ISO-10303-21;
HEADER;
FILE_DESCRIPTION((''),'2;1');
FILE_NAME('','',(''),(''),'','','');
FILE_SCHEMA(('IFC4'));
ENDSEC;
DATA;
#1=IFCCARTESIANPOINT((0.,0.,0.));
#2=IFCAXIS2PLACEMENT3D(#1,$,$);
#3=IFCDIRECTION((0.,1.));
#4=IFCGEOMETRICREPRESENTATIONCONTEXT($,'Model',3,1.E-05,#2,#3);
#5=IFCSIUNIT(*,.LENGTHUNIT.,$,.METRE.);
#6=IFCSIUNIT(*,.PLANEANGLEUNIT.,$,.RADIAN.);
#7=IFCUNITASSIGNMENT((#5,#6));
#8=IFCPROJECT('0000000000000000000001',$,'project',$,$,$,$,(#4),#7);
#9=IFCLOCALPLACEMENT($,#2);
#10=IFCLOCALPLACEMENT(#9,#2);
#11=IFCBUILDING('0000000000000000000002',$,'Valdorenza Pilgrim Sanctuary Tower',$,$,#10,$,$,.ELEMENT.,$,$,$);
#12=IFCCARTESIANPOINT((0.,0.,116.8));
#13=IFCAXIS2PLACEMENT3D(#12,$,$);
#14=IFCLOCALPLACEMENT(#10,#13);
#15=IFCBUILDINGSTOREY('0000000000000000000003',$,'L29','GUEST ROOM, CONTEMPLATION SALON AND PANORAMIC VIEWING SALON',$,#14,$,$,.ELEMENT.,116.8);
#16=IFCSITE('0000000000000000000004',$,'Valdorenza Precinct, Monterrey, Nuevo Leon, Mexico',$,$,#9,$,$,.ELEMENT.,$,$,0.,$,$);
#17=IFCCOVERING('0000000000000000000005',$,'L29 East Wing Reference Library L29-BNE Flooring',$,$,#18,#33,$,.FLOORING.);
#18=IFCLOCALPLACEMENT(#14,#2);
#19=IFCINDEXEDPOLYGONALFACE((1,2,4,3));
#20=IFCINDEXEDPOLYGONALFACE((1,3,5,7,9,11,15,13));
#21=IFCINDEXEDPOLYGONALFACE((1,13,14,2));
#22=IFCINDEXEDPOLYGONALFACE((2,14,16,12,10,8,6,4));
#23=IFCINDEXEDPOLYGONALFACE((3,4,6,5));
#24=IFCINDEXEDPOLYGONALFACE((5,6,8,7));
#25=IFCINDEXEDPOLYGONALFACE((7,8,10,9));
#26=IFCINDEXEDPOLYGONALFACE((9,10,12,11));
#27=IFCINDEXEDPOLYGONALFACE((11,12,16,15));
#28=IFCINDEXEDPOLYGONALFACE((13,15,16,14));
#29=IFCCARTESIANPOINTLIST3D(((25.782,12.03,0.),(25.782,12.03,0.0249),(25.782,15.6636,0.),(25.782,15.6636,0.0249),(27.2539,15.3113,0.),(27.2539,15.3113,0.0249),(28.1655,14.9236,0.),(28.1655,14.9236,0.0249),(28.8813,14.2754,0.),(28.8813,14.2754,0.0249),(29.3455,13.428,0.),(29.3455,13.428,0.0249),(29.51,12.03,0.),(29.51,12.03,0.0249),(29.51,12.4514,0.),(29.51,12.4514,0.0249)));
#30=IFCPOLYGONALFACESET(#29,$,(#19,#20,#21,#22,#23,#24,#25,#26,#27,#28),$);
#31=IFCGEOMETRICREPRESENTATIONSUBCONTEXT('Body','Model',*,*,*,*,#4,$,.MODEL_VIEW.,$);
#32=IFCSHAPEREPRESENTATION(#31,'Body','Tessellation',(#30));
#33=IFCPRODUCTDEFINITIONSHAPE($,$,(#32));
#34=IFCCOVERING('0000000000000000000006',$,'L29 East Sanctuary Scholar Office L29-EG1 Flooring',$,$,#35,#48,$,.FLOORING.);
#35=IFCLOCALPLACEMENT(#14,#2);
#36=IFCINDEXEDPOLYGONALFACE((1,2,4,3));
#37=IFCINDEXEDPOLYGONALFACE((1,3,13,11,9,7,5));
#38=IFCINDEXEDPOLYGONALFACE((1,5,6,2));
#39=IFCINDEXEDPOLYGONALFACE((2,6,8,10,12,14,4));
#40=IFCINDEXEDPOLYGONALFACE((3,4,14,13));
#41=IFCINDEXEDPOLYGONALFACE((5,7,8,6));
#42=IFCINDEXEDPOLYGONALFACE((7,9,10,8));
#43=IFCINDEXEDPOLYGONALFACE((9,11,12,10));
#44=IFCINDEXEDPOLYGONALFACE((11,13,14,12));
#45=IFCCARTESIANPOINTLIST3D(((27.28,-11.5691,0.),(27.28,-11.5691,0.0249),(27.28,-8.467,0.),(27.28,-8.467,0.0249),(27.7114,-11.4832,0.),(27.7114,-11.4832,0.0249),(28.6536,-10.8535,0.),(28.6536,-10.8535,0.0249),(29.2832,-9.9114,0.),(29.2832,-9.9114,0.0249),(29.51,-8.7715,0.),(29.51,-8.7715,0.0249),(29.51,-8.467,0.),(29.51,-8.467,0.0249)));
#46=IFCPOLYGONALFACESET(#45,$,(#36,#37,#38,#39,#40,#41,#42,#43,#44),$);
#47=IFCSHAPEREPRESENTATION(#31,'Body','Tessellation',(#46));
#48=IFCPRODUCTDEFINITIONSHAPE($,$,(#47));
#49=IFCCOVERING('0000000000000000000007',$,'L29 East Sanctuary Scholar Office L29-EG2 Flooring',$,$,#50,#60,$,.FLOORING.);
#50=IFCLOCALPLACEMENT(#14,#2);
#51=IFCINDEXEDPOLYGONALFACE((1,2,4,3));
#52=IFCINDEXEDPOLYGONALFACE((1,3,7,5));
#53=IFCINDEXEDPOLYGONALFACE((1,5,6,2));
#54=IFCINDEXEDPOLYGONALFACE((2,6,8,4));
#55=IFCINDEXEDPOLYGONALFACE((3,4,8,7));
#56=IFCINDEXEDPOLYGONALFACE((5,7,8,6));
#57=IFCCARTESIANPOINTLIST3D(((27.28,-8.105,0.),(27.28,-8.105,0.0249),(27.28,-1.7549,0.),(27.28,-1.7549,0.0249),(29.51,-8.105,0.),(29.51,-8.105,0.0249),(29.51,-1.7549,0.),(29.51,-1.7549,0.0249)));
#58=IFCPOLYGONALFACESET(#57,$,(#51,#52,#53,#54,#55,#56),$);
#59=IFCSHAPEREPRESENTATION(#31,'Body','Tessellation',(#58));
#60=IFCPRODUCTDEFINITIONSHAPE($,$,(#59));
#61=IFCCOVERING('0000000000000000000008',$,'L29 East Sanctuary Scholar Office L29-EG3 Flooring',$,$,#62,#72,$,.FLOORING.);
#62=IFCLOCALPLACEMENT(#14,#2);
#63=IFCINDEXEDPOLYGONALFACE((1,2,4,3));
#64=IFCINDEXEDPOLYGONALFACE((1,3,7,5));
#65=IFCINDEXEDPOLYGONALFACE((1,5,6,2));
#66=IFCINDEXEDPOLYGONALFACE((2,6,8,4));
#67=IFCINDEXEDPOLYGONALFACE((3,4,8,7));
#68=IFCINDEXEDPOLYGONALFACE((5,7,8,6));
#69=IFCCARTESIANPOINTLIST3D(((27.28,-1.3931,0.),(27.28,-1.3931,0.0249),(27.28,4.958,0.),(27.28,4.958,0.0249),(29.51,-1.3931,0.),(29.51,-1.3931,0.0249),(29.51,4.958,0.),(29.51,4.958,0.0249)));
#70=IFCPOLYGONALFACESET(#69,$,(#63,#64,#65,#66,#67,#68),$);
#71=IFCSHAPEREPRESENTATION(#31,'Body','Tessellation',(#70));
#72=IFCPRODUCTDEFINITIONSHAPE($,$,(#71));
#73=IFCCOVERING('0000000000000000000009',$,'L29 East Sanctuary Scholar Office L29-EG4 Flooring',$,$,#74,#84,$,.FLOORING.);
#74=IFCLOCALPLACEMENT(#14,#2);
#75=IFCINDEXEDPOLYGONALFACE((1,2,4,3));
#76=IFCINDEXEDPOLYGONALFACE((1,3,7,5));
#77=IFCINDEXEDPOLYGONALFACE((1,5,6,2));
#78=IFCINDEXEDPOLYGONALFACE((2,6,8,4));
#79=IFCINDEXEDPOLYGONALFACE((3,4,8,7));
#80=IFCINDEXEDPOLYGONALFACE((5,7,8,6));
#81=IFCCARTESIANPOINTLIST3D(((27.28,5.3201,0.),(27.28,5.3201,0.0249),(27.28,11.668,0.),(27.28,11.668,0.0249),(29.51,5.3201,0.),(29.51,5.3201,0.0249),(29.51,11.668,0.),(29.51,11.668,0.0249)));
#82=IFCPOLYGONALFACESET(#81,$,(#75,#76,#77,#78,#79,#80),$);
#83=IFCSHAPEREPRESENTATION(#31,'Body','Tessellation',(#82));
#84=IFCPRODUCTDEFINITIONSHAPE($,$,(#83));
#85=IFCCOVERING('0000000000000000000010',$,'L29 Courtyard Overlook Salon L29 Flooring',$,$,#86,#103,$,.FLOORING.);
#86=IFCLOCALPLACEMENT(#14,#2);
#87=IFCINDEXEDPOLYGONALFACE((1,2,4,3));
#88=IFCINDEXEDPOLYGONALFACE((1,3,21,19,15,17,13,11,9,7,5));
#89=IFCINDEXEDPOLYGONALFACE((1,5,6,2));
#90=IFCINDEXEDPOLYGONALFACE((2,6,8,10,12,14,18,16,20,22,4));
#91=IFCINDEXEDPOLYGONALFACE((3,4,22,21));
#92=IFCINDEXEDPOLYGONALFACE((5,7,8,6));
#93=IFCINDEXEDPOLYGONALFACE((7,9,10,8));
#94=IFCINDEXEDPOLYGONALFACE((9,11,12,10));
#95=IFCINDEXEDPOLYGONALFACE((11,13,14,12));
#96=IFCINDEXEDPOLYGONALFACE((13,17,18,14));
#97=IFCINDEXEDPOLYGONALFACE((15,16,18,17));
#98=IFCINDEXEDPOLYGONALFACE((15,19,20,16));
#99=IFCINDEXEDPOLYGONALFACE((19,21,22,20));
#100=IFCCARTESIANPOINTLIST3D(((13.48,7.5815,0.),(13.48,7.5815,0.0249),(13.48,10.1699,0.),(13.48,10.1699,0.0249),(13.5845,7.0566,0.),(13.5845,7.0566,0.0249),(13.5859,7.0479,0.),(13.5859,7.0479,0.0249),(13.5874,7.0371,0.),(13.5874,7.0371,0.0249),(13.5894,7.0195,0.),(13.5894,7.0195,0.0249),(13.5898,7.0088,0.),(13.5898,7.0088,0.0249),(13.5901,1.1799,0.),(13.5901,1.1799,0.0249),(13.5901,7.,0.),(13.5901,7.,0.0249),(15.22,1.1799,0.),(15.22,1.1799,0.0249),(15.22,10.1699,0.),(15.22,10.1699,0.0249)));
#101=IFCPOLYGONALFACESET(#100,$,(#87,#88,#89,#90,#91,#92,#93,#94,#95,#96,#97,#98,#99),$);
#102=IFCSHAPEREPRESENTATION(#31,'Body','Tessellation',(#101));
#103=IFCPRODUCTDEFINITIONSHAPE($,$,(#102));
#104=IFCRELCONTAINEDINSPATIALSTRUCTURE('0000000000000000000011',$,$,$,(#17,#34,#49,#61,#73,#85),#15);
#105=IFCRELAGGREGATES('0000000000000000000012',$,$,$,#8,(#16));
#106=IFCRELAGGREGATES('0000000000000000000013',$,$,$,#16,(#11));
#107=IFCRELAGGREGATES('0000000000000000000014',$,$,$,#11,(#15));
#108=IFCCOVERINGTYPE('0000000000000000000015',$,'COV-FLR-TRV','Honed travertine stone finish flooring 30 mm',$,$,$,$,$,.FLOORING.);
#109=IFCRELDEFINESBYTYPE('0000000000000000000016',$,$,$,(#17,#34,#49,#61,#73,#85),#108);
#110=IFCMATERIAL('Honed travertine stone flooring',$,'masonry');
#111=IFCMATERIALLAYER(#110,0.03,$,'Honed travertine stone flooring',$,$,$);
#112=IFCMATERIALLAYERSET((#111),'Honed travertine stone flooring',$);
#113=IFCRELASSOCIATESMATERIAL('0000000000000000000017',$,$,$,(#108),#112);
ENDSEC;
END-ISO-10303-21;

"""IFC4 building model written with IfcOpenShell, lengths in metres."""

from ifc_helpers import new_model, si_unit, direction, frame, origin, place, context, subcontext, project, spatial, polyline, outline, extrude, material, layer, layer_set, type_object, element, save


model = new_model("IFC4")

# Units and contexts
model_context = context("Model", 3, precision=1e-05, world=origin(), true_north=direction((0.0, 1.0)))
body_context = subcontext(model_context, "Body", "Model", "MODEL_VIEW")
ifc_project = project(units=[si_unit("LENGTHUNIT", "METRE"), si_unit("PLANEANGLEUNIT", "RADIAN")], contexts=[model_context])

# Site, building, storey
site_placement = place(None, origin())
site = spatial("IfcSite", under=ifc_project, at=site_placement, Name="Valdorenza Precinct, Monterrey, Nuevo Leon, Mexico", CompositionType="ELEMENT", RefElevation=0.0)
building_placement = place(site_placement, origin())
building = spatial("IfcBuilding", under=site, at=building_placement, Name="Valdorenza Pilgrim Sanctuary Tower", CompositionType="ELEMENT")
storey_placement = place(building_placement, frame((0.0, 0.0, 116.8)))
storey = spatial("IfcBuildingStorey", under=building, at=storey_placement, Name="L29", Description="GUEST ROOM, CONTEMPLATION SALON AND PANORAMIC VIEWING SALON", CompositionType="ELEMENT", Elevation=116.8)

# Coverings
ifc_material_1 = material(Name="Honed travertine stone flooring", Category="masonry")
ifc_layer_1 = layer(ifc_material_1, 0.03, Name="Honed travertine stone flooring")
ifc_layer_set_1 = layer_set([ifc_layer_1], Name="Honed travertine stone flooring")
covering_type_1 = type_object("IfcCoveringType", Name="COV-FLR-TRV", Description="Honed travertine stone finish flooring 30 mm", PredefinedType="FLOORING", material=ifc_layer_set_1)
covering_1_placement = place(storey_placement, origin())
element("IfcCovering", 1, at=covering_1_placement, inside=storey, type_object=covering_type_1, Name="L29 East Wing Reference Library L29-BNE Flooring", PredefinedType="FLOORING", context=body_context, shape_type="SweptSolid", body=[
    extrude(outline(polyline([(27.2539, 15.3113), (28.1655, 14.9236), (28.8813, 14.2754), (29.3455, 13.428), (29.51, 12.4514), (29.51, 12.03), (25.782, 12.03), (25.782, 15.6636), (27.2539, 15.3113)])), origin(), (0.0, 0.0, 1.0), 0.0249),
])
covering_2_placement = place(storey_placement, origin())
element("IfcCovering", 2, at=covering_2_placement, inside=storey, type_object=covering_type_1, Name="L29 East Sanctuary Scholar Office L29-EG1 Flooring", PredefinedType="FLOORING", context=body_context, shape_type="SweptSolid", body=[
    extrude(outline(polyline([(29.2832, -9.9114), (28.6536, -10.8535), (27.7114, -11.4832), (27.28, -11.5691), (27.28, -8.467), (29.51, -8.467), (29.51, -8.7715), (29.2832, -9.9114)])), origin(), (0.0, 0.0, 1.0), 0.0249),
])
covering_3_placement = place(storey_placement, origin())
element("IfcCovering", 3, at=covering_3_placement, inside=storey, type_object=covering_type_1, Name="L29 East Sanctuary Scholar Office L29-EG2 Flooring", PredefinedType="FLOORING", context=body_context, shape_type="SweptSolid", body=[
    extrude(outline(polyline([(27.28, -1.7549), (29.51, -1.7549), (29.51, -8.105), (27.28, -8.105), (27.28, -1.7549)])), origin(), (0.0, 0.0, 1.0), 0.0249),
])
covering_4_placement = place(storey_placement, origin())
element("IfcCovering", 4, at=covering_4_placement, inside=storey, type_object=covering_type_1, Name="L29 East Sanctuary Scholar Office L29-EG3 Flooring", PredefinedType="FLOORING", context=body_context, shape_type="SweptSolid", body=[
    extrude(outline(polyline([(27.28, 4.958), (29.51, 4.958), (29.51, -1.3931), (27.28, -1.3931), (27.28, 4.958)])), origin(), (0.0, 0.0, 1.0), 0.0249),
])
covering_5_placement = place(storey_placement, origin())
element("IfcCovering", 5, at=covering_5_placement, inside=storey, type_object=covering_type_1, Name="L29 East Sanctuary Scholar Office L29-EG4 Flooring", PredefinedType="FLOORING", context=body_context, shape_type="SweptSolid", body=[
    extrude(outline(polyline([(27.28, 11.668), (29.51, 11.668), (29.51, 5.3201), (27.28, 5.3201), (27.28, 11.668)])), origin(), (0.0, 0.0, 1.0), 0.0249),
])
covering_6_placement = place(storey_placement, origin())
element("IfcCovering", 6, at=covering_6_placement, inside=storey, type_object=covering_type_1, Name="L29 Courtyard Overlook Salon L29 Flooring", PredefinedType="FLOORING", context=body_context, shape_type="SweptSolid", body=[
    extrude(outline(polyline([(15.22, 10.1699), (15.22, 1.1799), (13.5901, 1.1799), (13.5901, 7.0), (13.5898, 7.0088), (13.5894, 7.0195), (13.5874, 7.0371), (13.5859, 7.0479), (13.5845, 7.0566), (13.48, 7.5815), (13.48, 10.1699), (15.22, 10.1699)])), origin(), (0.0, 0.0, 1.0), 0.0249),
])

save(model, "model.ifc")
